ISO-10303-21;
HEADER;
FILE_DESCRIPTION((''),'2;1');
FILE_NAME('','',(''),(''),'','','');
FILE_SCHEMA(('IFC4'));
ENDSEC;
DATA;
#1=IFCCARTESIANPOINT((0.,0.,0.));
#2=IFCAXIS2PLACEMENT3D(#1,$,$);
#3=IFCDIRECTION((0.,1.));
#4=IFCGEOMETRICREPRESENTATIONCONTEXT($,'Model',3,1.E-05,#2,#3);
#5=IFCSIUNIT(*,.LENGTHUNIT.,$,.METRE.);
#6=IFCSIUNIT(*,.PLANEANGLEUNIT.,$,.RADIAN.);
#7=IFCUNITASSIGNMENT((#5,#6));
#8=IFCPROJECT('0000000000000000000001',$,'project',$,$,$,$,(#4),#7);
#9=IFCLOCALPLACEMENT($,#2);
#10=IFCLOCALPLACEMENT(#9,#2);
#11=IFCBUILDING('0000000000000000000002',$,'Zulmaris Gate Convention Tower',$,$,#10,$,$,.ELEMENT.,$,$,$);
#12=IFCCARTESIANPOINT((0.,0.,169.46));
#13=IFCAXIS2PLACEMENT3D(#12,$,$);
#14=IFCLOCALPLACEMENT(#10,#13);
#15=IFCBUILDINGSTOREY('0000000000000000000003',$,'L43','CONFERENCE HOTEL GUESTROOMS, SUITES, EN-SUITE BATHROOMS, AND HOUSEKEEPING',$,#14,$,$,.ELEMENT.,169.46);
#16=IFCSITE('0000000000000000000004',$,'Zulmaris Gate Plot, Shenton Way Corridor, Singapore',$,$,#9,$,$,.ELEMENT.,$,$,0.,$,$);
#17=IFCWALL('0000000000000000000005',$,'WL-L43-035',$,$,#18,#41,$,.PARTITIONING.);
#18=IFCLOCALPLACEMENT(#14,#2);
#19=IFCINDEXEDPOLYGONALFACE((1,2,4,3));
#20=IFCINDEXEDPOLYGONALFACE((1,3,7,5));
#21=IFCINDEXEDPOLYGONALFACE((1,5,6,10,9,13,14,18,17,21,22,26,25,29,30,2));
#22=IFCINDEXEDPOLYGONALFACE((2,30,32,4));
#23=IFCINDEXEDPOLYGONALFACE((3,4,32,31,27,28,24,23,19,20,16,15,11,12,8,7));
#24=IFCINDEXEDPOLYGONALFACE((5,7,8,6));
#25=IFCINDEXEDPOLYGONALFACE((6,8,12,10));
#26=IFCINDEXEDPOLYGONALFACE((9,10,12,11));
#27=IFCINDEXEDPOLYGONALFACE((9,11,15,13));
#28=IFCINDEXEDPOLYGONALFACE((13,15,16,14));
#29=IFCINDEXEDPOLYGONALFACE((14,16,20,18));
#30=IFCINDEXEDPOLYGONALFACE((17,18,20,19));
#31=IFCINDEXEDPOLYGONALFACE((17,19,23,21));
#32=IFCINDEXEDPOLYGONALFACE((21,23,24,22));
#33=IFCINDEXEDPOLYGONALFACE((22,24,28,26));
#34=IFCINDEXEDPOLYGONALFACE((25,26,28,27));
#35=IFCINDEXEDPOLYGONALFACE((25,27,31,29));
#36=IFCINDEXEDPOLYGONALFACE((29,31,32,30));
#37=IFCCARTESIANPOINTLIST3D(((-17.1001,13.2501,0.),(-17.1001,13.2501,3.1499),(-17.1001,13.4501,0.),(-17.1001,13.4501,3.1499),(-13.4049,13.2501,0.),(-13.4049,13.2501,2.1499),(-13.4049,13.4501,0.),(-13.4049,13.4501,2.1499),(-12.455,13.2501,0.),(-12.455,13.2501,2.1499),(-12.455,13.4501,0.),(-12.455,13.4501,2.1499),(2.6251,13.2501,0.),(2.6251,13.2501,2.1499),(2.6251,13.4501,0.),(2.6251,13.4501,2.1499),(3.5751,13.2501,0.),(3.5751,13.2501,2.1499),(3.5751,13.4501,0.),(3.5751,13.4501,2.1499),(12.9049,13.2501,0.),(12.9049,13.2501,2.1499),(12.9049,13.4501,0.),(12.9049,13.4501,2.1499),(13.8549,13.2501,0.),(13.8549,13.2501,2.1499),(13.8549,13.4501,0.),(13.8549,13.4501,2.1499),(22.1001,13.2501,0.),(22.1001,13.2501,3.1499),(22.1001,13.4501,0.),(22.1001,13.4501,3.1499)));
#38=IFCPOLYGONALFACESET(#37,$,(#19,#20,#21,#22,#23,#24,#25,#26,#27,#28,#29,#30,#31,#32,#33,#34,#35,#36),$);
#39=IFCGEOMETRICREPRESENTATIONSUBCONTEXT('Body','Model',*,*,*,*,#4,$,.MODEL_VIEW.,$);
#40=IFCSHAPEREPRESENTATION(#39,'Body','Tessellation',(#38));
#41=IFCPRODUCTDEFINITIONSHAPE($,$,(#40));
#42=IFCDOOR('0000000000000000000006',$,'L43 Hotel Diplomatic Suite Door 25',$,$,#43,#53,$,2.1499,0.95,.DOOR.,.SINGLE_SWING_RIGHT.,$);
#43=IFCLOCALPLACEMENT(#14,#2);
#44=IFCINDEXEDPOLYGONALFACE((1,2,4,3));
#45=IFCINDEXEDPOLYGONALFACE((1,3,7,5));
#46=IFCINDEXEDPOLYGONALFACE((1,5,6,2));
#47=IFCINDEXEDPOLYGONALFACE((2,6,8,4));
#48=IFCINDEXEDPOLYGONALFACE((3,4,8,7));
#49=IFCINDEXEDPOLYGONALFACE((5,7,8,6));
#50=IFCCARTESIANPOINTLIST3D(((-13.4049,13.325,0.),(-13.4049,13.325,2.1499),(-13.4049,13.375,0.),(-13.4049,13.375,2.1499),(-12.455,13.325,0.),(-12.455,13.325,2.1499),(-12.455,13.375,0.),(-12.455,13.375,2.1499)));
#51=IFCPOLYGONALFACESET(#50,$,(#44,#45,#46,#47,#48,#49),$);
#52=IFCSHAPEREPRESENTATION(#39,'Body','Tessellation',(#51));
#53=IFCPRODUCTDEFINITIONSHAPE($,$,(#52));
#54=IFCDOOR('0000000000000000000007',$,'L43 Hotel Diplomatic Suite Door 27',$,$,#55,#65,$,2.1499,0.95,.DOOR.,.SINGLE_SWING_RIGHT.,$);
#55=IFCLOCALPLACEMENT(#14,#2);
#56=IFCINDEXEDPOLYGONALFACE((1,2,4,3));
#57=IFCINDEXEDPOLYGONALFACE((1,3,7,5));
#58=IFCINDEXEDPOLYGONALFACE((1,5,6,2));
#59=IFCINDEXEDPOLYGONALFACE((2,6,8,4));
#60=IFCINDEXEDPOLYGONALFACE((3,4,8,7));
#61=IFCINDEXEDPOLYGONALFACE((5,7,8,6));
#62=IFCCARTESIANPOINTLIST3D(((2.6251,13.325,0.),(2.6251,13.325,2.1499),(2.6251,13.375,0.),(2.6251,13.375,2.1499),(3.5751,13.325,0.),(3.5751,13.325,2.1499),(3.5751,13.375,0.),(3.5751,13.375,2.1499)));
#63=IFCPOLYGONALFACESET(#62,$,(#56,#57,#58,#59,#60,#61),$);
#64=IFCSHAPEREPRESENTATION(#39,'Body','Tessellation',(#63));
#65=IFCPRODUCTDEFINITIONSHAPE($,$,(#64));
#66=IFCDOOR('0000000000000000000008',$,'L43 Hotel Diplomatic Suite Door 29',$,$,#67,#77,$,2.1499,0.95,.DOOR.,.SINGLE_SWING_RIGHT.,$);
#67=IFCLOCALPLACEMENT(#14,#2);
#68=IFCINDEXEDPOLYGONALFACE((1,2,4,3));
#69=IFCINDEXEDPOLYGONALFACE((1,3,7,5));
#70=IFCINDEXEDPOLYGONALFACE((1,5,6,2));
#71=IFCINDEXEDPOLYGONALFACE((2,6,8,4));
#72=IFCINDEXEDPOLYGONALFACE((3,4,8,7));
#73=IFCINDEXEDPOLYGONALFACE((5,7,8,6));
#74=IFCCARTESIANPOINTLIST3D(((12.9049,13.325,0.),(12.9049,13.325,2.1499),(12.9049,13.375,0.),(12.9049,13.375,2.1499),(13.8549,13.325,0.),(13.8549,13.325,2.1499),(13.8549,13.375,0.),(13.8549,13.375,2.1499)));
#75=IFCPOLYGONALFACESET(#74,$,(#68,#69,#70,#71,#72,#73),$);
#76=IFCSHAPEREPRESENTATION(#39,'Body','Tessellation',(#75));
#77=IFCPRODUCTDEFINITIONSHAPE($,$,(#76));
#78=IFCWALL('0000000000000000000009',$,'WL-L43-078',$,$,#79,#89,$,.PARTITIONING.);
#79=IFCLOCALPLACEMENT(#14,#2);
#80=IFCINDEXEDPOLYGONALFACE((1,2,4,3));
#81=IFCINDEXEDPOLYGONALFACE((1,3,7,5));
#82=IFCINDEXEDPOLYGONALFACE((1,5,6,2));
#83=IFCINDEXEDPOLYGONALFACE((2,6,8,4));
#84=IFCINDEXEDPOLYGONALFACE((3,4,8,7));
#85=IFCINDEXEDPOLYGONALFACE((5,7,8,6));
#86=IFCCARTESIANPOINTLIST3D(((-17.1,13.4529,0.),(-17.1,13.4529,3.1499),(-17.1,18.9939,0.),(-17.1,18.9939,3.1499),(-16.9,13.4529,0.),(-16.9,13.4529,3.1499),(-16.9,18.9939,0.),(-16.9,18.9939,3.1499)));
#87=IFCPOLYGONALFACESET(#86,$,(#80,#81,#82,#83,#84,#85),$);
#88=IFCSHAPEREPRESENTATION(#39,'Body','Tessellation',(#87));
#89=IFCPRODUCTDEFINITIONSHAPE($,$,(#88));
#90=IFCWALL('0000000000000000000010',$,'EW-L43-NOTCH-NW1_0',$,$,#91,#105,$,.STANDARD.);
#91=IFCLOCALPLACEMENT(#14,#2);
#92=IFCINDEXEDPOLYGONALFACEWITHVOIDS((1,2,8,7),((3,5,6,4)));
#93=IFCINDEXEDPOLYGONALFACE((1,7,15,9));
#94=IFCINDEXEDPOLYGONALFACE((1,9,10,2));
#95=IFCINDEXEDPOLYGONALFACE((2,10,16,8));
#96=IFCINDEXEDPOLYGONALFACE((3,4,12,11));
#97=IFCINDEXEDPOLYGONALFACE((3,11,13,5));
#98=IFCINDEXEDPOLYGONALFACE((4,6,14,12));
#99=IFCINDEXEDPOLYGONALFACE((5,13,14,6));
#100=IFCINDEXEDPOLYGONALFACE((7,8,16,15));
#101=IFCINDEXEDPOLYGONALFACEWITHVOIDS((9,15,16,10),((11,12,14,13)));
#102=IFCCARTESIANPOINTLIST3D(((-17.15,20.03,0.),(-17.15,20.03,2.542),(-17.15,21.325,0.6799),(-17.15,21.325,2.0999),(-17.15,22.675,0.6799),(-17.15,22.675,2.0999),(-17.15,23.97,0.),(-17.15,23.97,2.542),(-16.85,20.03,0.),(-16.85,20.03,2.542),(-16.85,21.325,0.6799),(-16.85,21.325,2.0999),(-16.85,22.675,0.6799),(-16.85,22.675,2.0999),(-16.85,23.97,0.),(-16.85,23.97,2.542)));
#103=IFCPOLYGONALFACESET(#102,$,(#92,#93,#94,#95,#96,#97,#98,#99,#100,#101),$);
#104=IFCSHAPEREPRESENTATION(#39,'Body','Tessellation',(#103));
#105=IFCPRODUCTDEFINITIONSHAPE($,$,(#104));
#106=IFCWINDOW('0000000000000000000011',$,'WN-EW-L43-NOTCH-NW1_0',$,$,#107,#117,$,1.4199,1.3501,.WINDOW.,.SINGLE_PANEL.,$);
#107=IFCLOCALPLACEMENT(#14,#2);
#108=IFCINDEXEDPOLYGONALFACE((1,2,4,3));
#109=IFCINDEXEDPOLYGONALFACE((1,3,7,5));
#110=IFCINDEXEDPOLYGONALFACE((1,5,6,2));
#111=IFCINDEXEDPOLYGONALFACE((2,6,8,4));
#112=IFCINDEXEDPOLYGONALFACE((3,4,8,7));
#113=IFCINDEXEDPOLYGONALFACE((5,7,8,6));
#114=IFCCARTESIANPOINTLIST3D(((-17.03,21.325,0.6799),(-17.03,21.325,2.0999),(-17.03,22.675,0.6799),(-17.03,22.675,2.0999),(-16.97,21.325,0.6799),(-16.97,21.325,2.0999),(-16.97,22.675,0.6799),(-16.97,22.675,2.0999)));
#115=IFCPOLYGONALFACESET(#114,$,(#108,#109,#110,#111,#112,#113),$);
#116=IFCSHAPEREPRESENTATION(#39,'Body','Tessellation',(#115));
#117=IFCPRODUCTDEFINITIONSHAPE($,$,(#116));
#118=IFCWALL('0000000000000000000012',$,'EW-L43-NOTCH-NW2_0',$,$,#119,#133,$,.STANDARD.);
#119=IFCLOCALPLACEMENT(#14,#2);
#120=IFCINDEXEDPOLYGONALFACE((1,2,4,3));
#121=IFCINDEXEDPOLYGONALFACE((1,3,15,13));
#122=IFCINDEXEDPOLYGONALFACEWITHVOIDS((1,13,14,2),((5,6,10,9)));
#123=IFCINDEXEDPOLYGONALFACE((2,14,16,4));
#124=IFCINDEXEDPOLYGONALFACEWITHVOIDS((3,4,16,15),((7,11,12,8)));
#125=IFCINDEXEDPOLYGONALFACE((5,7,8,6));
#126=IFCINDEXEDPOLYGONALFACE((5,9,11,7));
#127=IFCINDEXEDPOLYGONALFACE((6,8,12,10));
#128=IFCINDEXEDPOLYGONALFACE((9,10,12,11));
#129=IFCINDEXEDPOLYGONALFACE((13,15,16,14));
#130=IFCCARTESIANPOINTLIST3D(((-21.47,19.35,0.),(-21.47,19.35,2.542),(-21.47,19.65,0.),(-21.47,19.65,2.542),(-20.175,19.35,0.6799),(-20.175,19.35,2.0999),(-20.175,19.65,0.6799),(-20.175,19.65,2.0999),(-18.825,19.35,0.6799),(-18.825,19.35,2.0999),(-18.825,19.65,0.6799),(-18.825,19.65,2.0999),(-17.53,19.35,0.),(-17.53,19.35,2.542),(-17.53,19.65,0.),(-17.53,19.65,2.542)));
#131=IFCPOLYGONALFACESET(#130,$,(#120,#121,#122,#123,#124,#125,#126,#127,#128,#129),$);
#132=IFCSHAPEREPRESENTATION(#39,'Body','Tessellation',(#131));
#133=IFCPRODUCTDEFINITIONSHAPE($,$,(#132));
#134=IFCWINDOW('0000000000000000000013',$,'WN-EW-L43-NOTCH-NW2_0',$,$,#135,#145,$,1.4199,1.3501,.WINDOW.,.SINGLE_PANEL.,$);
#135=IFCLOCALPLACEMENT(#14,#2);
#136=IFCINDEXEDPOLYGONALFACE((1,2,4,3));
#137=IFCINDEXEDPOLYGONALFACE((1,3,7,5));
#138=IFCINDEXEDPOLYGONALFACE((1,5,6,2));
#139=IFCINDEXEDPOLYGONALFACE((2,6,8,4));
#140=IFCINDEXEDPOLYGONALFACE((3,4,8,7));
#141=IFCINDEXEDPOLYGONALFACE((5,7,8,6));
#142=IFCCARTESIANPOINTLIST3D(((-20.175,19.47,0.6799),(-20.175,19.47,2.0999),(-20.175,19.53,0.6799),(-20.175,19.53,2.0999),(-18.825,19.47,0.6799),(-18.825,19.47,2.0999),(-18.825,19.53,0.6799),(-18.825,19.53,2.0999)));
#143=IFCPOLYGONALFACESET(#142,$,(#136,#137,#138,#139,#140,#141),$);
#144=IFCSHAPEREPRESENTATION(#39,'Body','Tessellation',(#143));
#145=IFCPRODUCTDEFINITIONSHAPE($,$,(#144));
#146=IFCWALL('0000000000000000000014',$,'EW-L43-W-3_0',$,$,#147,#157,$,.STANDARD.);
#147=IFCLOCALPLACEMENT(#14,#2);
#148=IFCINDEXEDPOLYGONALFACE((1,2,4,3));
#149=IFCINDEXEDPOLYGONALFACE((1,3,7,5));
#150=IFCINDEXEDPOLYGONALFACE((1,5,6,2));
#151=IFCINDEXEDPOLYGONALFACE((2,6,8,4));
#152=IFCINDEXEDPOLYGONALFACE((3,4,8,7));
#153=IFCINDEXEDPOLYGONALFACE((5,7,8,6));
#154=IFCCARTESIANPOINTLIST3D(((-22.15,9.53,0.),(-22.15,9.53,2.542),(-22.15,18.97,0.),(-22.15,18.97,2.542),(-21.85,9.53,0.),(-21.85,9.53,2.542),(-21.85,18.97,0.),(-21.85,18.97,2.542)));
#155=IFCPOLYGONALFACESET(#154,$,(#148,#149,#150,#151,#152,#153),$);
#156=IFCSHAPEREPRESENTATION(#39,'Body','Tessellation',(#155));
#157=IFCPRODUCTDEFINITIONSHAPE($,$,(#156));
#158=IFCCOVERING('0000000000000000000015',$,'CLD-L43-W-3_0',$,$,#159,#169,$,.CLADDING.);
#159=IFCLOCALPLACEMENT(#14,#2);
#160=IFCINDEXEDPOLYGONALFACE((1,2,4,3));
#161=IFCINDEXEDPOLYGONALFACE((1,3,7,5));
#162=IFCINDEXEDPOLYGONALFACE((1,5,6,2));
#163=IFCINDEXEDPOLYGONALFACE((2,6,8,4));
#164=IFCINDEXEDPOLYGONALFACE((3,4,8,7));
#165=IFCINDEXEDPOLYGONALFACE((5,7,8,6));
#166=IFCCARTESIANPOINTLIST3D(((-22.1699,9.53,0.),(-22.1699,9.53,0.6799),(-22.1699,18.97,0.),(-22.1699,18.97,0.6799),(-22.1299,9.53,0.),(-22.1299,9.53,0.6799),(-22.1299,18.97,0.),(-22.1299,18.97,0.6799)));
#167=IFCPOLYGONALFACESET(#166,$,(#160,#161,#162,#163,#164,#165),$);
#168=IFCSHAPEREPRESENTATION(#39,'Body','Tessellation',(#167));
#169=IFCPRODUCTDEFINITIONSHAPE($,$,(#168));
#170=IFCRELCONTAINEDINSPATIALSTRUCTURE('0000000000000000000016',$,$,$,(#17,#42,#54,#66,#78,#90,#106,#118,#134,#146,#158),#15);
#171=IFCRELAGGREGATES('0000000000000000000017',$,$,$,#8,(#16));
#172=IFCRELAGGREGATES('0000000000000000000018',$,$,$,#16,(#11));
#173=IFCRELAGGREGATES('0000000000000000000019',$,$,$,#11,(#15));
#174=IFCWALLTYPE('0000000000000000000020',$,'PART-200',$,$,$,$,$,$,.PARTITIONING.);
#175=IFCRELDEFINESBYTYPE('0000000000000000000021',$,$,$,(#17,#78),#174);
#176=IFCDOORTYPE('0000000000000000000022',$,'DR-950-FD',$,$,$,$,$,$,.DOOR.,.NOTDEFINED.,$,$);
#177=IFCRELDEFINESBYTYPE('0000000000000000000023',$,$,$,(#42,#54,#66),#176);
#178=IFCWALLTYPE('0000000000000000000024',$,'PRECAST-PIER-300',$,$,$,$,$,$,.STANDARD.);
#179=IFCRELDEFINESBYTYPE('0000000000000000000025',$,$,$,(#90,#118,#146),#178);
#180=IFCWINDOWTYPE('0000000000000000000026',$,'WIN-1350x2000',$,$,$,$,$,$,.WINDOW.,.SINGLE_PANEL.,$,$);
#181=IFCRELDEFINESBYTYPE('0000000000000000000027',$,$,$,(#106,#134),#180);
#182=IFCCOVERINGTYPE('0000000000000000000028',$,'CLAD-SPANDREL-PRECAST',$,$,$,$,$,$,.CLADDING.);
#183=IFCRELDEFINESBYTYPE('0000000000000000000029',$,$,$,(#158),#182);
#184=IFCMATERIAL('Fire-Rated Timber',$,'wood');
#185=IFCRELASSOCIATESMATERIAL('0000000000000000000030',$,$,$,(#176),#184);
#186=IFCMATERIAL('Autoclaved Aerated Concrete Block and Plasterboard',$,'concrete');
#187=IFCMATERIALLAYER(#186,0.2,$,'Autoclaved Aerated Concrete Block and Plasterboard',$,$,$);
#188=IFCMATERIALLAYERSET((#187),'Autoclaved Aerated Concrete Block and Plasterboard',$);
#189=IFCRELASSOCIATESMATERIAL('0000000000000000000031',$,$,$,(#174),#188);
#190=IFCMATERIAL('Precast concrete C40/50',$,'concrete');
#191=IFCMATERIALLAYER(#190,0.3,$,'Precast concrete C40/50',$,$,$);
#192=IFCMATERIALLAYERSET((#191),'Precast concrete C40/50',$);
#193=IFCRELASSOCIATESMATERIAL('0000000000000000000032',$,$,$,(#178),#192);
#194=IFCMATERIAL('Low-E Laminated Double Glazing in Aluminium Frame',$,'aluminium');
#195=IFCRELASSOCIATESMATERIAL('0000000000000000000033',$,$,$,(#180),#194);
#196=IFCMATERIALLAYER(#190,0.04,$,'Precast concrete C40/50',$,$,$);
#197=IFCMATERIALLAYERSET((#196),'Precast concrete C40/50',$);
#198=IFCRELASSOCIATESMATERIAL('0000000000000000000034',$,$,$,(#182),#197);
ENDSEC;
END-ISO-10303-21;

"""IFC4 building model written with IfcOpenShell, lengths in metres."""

from ifc_helpers import new_model, si_unit, direction, frame, frame_2d, origin, place, context, subcontext, project, spatial, rectangle, extrude, material, layer, layer_set, type_object, element, fill, save


model = new_model("IFC4")

# Units and contexts
model_context = context("Model", 3, precision=1e-05, world=origin(), true_north=direction((0.0, 1.0)))
body_context = subcontext(model_context, "Body", "Model", "MODEL_VIEW")
ifc_project = project(units=[si_unit("LENGTHUNIT", "METRE"), si_unit("PLANEANGLEUNIT", "RADIAN")], contexts=[model_context])

# Site, building, storey
site_placement = place(None, origin())
site = spatial("IfcSite", under=ifc_project, at=site_placement, Name="Zulmaris Gate Plot, Shenton Way Corridor, Singapore", CompositionType="ELEMENT", RefElevation=0.0)
building_placement = place(site_placement, origin())
building = spatial("IfcBuilding", under=site, at=building_placement, Name="Zulmaris Gate Convention Tower", CompositionType="ELEMENT")
storey_placement = place(building_placement, frame((0.0, 0.0, 169.46)))
storey = spatial("IfcBuildingStorey", under=building, at=storey_placement, Name="L43", Description="CONFERENCE HOTEL GUESTROOMS, SUITES, EN-SUITE BATHROOMS, AND HOUSEKEEPING", CompositionType="ELEMENT", Elevation=169.46)

# Shared definitions
ifc_material_1 = material(Name="Fire-Rated Timber", Category="wood")
door_type_1 = type_object("IfcDoorType", Name="DR-950-FD", OperationType="NOTDEFINED", PredefinedType="DOOR", material=ifc_material_1)

# Wall, openings, doors
ifc_material_2 = material(Name="Autoclaved Aerated Concrete Block and Plasterboard", Category="concrete")
ifc_layer_1 = layer(ifc_material_2, 0.2, Name="Autoclaved Aerated Concrete Block and Plasterboard")
ifc_layer_set_1 = layer_set([ifc_layer_1], Name="Autoclaved Aerated Concrete Block and Plasterboard")
wall_type_1 = type_object("IfcWallType", Name="PART-200", PredefinedType="PARTITIONING", material=ifc_layer_set_1)
wall_1_placement = place(storey_placement, frame((-17.1001, 13.3501, 0.0), z_axis=(0.0, 0.0, 1.0), x_axis=(1.0, 0.0, 0.0)))
wall_1 = element("IfcWall", 1, at=wall_1_placement, inside=storey, type_object=wall_type_1, Name="WL-L43-035", PredefinedType="PARTITIONING", context=body_context, shape_type="SweptSolid", body=[
    extrude(rectangle(XDim=39.2002, YDim=0.2, at=frame_2d((19.6001, 0.0))), origin(), (0.0, 0.0, 1.0), 3.1499),
])
opening_1_placement = place(wall_1_placement, frame((3.6951, 0.0, 0.0)))
opening_1 = element("IfcOpeningElement", 2, at=opening_1_placement, cuts=wall_1, PredefinedType="OPENING", context=body_context, shape_type="SweptSolid", body=[
    extrude(rectangle(XDim=0.95, YDim=2.1499, at=frame_2d((0.4751, 1.075))), frame((0.0, 0.1099, 0.0), z_axis=(0.0, -1.0, 0.0), x_axis=(1.0, 0.0, 0.0)), (0.0, 0.0, 1.0), 0.22),
])
opening_2_placement = place(wall_1_placement, frame((19.7251, 0.0, 0.0)))
opening_2 = element("IfcOpeningElement", 3, at=opening_2_placement, cuts=wall_1, PredefinedType="OPENING", context=body_context, shape_type="SweptSolid", body=[
    extrude(rectangle(XDim=0.95, YDim=2.1499, at=frame_2d((0.4751, 1.075))), frame((0.0, 0.1099, 0.0), z_axis=(0.0, -1.0, 0.0), x_axis=(1.0, 0.0, 0.0)), (0.0, 0.0, 1.0), 0.22),
])
opening_3_placement = place(wall_1_placement, frame((30.0049, 0.0, 0.0)))
opening_3 = element("IfcOpeningElement", 4, at=opening_3_placement, cuts=wall_1, PredefinedType="OPENING", context=body_context, shape_type="SweptSolid", body=[
    extrude(rectangle(XDim=0.95, YDim=2.1499, at=frame_2d((0.4751, 1.075))), frame((0.0, 0.1099, 0.0), z_axis=(0.0, -1.0, 0.0), x_axis=(1.0, 0.0, 0.0)), (0.0, 0.0, 1.0), 0.22),
])
door_1_placement = place(opening_1_placement, origin())
door_1 = element("IfcDoor", 5, at=door_1_placement, inside=storey, type_object=door_type_1, Name="L43 Hotel Diplomatic Suite Door 25", OperationType="SINGLE_SWING_RIGHT", OverallHeight=2.1499, OverallWidth=0.95, PredefinedType="DOOR", context=body_context, shape_type="SweptSolid", body=[
    extrude(rectangle(XDim=0.95, YDim=2.1499, at=frame_2d((0.4751, 1.075))), frame((0.0, 0.0249, 0.0), z_axis=(0.0, -1.0, 0.0), x_axis=(1.0, 0.0, 0.0)), (0.0, 0.0, 1.0), 0.05),
])
fill(opening_1, door_1)
door_2_placement = place(opening_2_placement, origin())
door_2 = element("IfcDoor", 6, at=door_2_placement, inside=storey, type_object=door_type_1, Name="L43 Hotel Diplomatic Suite Door 27", OperationType="SINGLE_SWING_RIGHT", OverallHeight=2.1499, OverallWidth=0.95, PredefinedType="DOOR", context=body_context, shape_type="SweptSolid", body=[
    extrude(rectangle(XDim=0.95, YDim=2.1499, at=frame_2d((0.4751, 1.075))), frame((0.0, 0.0249, 0.0), z_axis=(0.0, -1.0, 0.0), x_axis=(1.0, 0.0, 0.0)), (0.0, 0.0, 1.0), 0.05),
])
fill(opening_2, door_2)
door_3_placement = place(opening_3_placement, origin())
door_3 = element("IfcDoor", 7, at=door_3_placement, inside=storey, type_object=door_type_1, Name="L43 Hotel Diplomatic Suite Door 29", OperationType="SINGLE_SWING_RIGHT", OverallHeight=2.1499, OverallWidth=0.95, PredefinedType="DOOR", context=body_context, shape_type="SweptSolid", body=[
    extrude(rectangle(XDim=0.95, YDim=2.1499, at=frame_2d((0.4751, 1.075))), frame((0.0, 0.0249, 0.0), z_axis=(0.0, -1.0, 0.0), x_axis=(1.0, 0.0, 0.0)), (0.0, 0.0, 1.0), 0.05),
])
fill(opening_3, door_3)

# Wall
wall_2_placement = place(storey_placement, frame((-17.0, 13.4529, 0.0), z_axis=(0.0, 0.0, 1.0), x_axis=(0.0, 1.0, 0.0)))
element("IfcWall", 8, at=wall_2_placement, inside=storey, type_object=wall_type_1, Name="WL-L43-078", PredefinedType="PARTITIONING", context=body_context, shape_type="SweptSolid", body=[
    extrude(rectangle(XDim=5.541, YDim=0.2, at=frame_2d((2.7705, 0.0))), origin(), (0.0, 0.0, 1.0), 3.1499),
])

# Walls, openings, windows
ifc_material_3 = material(Name="Precast concrete C40/50", Category="concrete")
ifc_layer_2 = layer(ifc_material_3, 0.3, Name="Precast concrete C40/50")
ifc_layer_set_2 = layer_set([ifc_layer_2], Name="Precast concrete C40/50")
wall_type_2 = type_object("IfcWallType", Name="PRECAST-PIER-300", PredefinedType="STANDARD", material=ifc_layer_set_2)
wall_3_placement = place(storey_placement, frame((-17.0, 23.97, 0.0), z_axis=(0.0, 0.0, 1.0), x_axis=(0.0, -1.0, 0.0)))
wall_3 = element("IfcWall", 9, at=wall_3_placement, inside=storey, type_object=wall_type_2, Name="EW-L43-NOTCH-NW1_0", PredefinedType="STANDARD", context=body_context, shape_type="SweptSolid", body=[
    extrude(rectangle(XDim=3.9399, YDim=0.3, at=frame_2d((1.97, 0.0))), origin(), (0.0, 0.0, 1.0), 2.542),
])
opening_4_placement = place(wall_3_placement, frame((1.2949, 0.0, 0.6799)))
opening_4 = element("IfcOpeningElement", 10, at=opening_4_placement, cuts=wall_3, PredefinedType="OPENING", context=body_context, shape_type="SweptSolid", body=[
    extrude(rectangle(XDim=1.3501, YDim=1.4199, at=frame_2d((0.675, 0.71))), frame((0.0, 0.1602, 0.0), z_axis=(0.0, -1.0, 0.0), x_axis=(1.0, 0.0, 0.0)), (0.0, 0.0, 1.0), 0.3201),
])
ifc_material_4 = material(Name="Low-E Laminated Double Glazing in Aluminium Frame", Category="aluminium")
window_type = type_object("IfcWindowType", Name="WIN-1350x2000", PartitioningType="SINGLE_PANEL", PredefinedType="WINDOW", material=ifc_material_4)
window_1_placement = place(opening_4_placement, origin())
window_1 = element("IfcWindow", 11, at=window_1_placement, inside=storey, type_object=window_type, Name="WN-EW-L43-NOTCH-NW1_0", OverallHeight=1.4199, OverallWidth=1.3501, PartitioningType="SINGLE_PANEL", PredefinedType="WINDOW", context=body_context, shape_type="SweptSolid", body=[
    extrude(rectangle(XDim=1.3501, YDim=1.4199, at=frame_2d((0.675, 0.71))), frame((0.0, 0.03, 0.0), z_axis=(0.0, -1.0, 0.0), x_axis=(1.0, 0.0, 0.0)), (0.0, 0.0, 1.0), 0.0601),
])
fill(opening_4, window_1)
wall_4_placement = place(storey_placement, frame((-17.53, 19.5, 0.0), z_axis=(0.0, 0.0, 1.0), x_axis=(-1.0, 0.0, 0.0)))
wall_4 = element("IfcWall", 12, at=wall_4_placement, inside=storey, type_object=wall_type_2, Name="EW-L43-NOTCH-NW2_0", PredefinedType="STANDARD", context=body_context, shape_type="SweptSolid", body=[
    extrude(rectangle(XDim=3.9399, YDim=0.3, at=frame_2d((1.97, 0.0))), origin(), (0.0, 0.0, 1.0), 2.542),
])
opening_5_placement = place(wall_4_placement, frame((1.2949, 0.0, 0.6799)))
opening_5 = element("IfcOpeningElement", 13, at=opening_5_placement, cuts=wall_4, PredefinedType="OPENING", context=body_context, shape_type="SweptSolid", body=[
    extrude(rectangle(XDim=1.3501, YDim=1.4199, at=frame_2d((0.675, 0.71))), frame((0.0, 0.1602, 0.0), z_axis=(0.0, -1.0, 0.0), x_axis=(1.0, 0.0, 0.0)), (0.0, 0.0, 1.0), 0.3201),
])
window_2_placement = place(opening_5_placement, origin())
window_2 = element("IfcWindow", 14, at=window_2_placement, inside=storey, type_object=window_type, Name="WN-EW-L43-NOTCH-NW2_0", OverallHeight=1.4199, OverallWidth=1.3501, PartitioningType="SINGLE_PANEL", PredefinedType="WINDOW", context=body_context, shape_type="SweptSolid", body=[
    extrude(rectangle(XDim=1.3501, YDim=1.4199, at=frame_2d((0.675, 0.71))), frame((0.0, 0.03, 0.0), z_axis=(0.0, -1.0, 0.0), x_axis=(1.0, 0.0, 0.0)), (0.0, 0.0, 1.0), 0.0601),
])
fill(opening_5, window_2)

# Wall
wall_5_placement = place(storey_placement, frame((-22.0, 18.97, 0.0), z_axis=(0.0, 0.0, 1.0), x_axis=(0.0, -1.0, 0.0)))
element("IfcWall", 15, at=wall_5_placement, inside=storey, type_object=wall_type_2, Name="EW-L43-W-3_0", PredefinedType="STANDARD", context=body_context, shape_type="SweptSolid", body=[
    extrude(rectangle(XDim=9.4399, YDim=0.3, at=frame_2d((4.72, 0.0))), origin(), (0.0, 0.0, 1.0), 2.542),
])

# Covering
ifc_layer_3 = layer(ifc_material_3, 0.04, Name="Precast concrete C40/50")
ifc_layer_set_3 = layer_set([ifc_layer_3], Name="Precast concrete C40/50")
covering_type_1 = type_object("IfcCoveringType", Name="CLAD-SPANDREL-PRECAST", PredefinedType="CLADDING", material=ifc_layer_set_3)
covering_1_placement = place(storey_placement, frame((-22.1499, 18.97, 0.0), z_axis=(0.0, 0.0, 1.0), x_axis=(0.0, -1.0, 0.0)))
element("IfcCovering", 16, at=covering_1_placement, inside=storey, type_object=covering_type_1, Name="CLD-L43-W-3_0", PredefinedType="CLADDING", context=body_context, shape_type="SweptSolid", body=[
    extrude(rectangle(XDim=9.4399, YDim=0.04, at=frame_2d((4.72, 0.0))), origin(), (0.0, 0.0, 1.0), 0.6799),
])

save(model, "model.ifc")
